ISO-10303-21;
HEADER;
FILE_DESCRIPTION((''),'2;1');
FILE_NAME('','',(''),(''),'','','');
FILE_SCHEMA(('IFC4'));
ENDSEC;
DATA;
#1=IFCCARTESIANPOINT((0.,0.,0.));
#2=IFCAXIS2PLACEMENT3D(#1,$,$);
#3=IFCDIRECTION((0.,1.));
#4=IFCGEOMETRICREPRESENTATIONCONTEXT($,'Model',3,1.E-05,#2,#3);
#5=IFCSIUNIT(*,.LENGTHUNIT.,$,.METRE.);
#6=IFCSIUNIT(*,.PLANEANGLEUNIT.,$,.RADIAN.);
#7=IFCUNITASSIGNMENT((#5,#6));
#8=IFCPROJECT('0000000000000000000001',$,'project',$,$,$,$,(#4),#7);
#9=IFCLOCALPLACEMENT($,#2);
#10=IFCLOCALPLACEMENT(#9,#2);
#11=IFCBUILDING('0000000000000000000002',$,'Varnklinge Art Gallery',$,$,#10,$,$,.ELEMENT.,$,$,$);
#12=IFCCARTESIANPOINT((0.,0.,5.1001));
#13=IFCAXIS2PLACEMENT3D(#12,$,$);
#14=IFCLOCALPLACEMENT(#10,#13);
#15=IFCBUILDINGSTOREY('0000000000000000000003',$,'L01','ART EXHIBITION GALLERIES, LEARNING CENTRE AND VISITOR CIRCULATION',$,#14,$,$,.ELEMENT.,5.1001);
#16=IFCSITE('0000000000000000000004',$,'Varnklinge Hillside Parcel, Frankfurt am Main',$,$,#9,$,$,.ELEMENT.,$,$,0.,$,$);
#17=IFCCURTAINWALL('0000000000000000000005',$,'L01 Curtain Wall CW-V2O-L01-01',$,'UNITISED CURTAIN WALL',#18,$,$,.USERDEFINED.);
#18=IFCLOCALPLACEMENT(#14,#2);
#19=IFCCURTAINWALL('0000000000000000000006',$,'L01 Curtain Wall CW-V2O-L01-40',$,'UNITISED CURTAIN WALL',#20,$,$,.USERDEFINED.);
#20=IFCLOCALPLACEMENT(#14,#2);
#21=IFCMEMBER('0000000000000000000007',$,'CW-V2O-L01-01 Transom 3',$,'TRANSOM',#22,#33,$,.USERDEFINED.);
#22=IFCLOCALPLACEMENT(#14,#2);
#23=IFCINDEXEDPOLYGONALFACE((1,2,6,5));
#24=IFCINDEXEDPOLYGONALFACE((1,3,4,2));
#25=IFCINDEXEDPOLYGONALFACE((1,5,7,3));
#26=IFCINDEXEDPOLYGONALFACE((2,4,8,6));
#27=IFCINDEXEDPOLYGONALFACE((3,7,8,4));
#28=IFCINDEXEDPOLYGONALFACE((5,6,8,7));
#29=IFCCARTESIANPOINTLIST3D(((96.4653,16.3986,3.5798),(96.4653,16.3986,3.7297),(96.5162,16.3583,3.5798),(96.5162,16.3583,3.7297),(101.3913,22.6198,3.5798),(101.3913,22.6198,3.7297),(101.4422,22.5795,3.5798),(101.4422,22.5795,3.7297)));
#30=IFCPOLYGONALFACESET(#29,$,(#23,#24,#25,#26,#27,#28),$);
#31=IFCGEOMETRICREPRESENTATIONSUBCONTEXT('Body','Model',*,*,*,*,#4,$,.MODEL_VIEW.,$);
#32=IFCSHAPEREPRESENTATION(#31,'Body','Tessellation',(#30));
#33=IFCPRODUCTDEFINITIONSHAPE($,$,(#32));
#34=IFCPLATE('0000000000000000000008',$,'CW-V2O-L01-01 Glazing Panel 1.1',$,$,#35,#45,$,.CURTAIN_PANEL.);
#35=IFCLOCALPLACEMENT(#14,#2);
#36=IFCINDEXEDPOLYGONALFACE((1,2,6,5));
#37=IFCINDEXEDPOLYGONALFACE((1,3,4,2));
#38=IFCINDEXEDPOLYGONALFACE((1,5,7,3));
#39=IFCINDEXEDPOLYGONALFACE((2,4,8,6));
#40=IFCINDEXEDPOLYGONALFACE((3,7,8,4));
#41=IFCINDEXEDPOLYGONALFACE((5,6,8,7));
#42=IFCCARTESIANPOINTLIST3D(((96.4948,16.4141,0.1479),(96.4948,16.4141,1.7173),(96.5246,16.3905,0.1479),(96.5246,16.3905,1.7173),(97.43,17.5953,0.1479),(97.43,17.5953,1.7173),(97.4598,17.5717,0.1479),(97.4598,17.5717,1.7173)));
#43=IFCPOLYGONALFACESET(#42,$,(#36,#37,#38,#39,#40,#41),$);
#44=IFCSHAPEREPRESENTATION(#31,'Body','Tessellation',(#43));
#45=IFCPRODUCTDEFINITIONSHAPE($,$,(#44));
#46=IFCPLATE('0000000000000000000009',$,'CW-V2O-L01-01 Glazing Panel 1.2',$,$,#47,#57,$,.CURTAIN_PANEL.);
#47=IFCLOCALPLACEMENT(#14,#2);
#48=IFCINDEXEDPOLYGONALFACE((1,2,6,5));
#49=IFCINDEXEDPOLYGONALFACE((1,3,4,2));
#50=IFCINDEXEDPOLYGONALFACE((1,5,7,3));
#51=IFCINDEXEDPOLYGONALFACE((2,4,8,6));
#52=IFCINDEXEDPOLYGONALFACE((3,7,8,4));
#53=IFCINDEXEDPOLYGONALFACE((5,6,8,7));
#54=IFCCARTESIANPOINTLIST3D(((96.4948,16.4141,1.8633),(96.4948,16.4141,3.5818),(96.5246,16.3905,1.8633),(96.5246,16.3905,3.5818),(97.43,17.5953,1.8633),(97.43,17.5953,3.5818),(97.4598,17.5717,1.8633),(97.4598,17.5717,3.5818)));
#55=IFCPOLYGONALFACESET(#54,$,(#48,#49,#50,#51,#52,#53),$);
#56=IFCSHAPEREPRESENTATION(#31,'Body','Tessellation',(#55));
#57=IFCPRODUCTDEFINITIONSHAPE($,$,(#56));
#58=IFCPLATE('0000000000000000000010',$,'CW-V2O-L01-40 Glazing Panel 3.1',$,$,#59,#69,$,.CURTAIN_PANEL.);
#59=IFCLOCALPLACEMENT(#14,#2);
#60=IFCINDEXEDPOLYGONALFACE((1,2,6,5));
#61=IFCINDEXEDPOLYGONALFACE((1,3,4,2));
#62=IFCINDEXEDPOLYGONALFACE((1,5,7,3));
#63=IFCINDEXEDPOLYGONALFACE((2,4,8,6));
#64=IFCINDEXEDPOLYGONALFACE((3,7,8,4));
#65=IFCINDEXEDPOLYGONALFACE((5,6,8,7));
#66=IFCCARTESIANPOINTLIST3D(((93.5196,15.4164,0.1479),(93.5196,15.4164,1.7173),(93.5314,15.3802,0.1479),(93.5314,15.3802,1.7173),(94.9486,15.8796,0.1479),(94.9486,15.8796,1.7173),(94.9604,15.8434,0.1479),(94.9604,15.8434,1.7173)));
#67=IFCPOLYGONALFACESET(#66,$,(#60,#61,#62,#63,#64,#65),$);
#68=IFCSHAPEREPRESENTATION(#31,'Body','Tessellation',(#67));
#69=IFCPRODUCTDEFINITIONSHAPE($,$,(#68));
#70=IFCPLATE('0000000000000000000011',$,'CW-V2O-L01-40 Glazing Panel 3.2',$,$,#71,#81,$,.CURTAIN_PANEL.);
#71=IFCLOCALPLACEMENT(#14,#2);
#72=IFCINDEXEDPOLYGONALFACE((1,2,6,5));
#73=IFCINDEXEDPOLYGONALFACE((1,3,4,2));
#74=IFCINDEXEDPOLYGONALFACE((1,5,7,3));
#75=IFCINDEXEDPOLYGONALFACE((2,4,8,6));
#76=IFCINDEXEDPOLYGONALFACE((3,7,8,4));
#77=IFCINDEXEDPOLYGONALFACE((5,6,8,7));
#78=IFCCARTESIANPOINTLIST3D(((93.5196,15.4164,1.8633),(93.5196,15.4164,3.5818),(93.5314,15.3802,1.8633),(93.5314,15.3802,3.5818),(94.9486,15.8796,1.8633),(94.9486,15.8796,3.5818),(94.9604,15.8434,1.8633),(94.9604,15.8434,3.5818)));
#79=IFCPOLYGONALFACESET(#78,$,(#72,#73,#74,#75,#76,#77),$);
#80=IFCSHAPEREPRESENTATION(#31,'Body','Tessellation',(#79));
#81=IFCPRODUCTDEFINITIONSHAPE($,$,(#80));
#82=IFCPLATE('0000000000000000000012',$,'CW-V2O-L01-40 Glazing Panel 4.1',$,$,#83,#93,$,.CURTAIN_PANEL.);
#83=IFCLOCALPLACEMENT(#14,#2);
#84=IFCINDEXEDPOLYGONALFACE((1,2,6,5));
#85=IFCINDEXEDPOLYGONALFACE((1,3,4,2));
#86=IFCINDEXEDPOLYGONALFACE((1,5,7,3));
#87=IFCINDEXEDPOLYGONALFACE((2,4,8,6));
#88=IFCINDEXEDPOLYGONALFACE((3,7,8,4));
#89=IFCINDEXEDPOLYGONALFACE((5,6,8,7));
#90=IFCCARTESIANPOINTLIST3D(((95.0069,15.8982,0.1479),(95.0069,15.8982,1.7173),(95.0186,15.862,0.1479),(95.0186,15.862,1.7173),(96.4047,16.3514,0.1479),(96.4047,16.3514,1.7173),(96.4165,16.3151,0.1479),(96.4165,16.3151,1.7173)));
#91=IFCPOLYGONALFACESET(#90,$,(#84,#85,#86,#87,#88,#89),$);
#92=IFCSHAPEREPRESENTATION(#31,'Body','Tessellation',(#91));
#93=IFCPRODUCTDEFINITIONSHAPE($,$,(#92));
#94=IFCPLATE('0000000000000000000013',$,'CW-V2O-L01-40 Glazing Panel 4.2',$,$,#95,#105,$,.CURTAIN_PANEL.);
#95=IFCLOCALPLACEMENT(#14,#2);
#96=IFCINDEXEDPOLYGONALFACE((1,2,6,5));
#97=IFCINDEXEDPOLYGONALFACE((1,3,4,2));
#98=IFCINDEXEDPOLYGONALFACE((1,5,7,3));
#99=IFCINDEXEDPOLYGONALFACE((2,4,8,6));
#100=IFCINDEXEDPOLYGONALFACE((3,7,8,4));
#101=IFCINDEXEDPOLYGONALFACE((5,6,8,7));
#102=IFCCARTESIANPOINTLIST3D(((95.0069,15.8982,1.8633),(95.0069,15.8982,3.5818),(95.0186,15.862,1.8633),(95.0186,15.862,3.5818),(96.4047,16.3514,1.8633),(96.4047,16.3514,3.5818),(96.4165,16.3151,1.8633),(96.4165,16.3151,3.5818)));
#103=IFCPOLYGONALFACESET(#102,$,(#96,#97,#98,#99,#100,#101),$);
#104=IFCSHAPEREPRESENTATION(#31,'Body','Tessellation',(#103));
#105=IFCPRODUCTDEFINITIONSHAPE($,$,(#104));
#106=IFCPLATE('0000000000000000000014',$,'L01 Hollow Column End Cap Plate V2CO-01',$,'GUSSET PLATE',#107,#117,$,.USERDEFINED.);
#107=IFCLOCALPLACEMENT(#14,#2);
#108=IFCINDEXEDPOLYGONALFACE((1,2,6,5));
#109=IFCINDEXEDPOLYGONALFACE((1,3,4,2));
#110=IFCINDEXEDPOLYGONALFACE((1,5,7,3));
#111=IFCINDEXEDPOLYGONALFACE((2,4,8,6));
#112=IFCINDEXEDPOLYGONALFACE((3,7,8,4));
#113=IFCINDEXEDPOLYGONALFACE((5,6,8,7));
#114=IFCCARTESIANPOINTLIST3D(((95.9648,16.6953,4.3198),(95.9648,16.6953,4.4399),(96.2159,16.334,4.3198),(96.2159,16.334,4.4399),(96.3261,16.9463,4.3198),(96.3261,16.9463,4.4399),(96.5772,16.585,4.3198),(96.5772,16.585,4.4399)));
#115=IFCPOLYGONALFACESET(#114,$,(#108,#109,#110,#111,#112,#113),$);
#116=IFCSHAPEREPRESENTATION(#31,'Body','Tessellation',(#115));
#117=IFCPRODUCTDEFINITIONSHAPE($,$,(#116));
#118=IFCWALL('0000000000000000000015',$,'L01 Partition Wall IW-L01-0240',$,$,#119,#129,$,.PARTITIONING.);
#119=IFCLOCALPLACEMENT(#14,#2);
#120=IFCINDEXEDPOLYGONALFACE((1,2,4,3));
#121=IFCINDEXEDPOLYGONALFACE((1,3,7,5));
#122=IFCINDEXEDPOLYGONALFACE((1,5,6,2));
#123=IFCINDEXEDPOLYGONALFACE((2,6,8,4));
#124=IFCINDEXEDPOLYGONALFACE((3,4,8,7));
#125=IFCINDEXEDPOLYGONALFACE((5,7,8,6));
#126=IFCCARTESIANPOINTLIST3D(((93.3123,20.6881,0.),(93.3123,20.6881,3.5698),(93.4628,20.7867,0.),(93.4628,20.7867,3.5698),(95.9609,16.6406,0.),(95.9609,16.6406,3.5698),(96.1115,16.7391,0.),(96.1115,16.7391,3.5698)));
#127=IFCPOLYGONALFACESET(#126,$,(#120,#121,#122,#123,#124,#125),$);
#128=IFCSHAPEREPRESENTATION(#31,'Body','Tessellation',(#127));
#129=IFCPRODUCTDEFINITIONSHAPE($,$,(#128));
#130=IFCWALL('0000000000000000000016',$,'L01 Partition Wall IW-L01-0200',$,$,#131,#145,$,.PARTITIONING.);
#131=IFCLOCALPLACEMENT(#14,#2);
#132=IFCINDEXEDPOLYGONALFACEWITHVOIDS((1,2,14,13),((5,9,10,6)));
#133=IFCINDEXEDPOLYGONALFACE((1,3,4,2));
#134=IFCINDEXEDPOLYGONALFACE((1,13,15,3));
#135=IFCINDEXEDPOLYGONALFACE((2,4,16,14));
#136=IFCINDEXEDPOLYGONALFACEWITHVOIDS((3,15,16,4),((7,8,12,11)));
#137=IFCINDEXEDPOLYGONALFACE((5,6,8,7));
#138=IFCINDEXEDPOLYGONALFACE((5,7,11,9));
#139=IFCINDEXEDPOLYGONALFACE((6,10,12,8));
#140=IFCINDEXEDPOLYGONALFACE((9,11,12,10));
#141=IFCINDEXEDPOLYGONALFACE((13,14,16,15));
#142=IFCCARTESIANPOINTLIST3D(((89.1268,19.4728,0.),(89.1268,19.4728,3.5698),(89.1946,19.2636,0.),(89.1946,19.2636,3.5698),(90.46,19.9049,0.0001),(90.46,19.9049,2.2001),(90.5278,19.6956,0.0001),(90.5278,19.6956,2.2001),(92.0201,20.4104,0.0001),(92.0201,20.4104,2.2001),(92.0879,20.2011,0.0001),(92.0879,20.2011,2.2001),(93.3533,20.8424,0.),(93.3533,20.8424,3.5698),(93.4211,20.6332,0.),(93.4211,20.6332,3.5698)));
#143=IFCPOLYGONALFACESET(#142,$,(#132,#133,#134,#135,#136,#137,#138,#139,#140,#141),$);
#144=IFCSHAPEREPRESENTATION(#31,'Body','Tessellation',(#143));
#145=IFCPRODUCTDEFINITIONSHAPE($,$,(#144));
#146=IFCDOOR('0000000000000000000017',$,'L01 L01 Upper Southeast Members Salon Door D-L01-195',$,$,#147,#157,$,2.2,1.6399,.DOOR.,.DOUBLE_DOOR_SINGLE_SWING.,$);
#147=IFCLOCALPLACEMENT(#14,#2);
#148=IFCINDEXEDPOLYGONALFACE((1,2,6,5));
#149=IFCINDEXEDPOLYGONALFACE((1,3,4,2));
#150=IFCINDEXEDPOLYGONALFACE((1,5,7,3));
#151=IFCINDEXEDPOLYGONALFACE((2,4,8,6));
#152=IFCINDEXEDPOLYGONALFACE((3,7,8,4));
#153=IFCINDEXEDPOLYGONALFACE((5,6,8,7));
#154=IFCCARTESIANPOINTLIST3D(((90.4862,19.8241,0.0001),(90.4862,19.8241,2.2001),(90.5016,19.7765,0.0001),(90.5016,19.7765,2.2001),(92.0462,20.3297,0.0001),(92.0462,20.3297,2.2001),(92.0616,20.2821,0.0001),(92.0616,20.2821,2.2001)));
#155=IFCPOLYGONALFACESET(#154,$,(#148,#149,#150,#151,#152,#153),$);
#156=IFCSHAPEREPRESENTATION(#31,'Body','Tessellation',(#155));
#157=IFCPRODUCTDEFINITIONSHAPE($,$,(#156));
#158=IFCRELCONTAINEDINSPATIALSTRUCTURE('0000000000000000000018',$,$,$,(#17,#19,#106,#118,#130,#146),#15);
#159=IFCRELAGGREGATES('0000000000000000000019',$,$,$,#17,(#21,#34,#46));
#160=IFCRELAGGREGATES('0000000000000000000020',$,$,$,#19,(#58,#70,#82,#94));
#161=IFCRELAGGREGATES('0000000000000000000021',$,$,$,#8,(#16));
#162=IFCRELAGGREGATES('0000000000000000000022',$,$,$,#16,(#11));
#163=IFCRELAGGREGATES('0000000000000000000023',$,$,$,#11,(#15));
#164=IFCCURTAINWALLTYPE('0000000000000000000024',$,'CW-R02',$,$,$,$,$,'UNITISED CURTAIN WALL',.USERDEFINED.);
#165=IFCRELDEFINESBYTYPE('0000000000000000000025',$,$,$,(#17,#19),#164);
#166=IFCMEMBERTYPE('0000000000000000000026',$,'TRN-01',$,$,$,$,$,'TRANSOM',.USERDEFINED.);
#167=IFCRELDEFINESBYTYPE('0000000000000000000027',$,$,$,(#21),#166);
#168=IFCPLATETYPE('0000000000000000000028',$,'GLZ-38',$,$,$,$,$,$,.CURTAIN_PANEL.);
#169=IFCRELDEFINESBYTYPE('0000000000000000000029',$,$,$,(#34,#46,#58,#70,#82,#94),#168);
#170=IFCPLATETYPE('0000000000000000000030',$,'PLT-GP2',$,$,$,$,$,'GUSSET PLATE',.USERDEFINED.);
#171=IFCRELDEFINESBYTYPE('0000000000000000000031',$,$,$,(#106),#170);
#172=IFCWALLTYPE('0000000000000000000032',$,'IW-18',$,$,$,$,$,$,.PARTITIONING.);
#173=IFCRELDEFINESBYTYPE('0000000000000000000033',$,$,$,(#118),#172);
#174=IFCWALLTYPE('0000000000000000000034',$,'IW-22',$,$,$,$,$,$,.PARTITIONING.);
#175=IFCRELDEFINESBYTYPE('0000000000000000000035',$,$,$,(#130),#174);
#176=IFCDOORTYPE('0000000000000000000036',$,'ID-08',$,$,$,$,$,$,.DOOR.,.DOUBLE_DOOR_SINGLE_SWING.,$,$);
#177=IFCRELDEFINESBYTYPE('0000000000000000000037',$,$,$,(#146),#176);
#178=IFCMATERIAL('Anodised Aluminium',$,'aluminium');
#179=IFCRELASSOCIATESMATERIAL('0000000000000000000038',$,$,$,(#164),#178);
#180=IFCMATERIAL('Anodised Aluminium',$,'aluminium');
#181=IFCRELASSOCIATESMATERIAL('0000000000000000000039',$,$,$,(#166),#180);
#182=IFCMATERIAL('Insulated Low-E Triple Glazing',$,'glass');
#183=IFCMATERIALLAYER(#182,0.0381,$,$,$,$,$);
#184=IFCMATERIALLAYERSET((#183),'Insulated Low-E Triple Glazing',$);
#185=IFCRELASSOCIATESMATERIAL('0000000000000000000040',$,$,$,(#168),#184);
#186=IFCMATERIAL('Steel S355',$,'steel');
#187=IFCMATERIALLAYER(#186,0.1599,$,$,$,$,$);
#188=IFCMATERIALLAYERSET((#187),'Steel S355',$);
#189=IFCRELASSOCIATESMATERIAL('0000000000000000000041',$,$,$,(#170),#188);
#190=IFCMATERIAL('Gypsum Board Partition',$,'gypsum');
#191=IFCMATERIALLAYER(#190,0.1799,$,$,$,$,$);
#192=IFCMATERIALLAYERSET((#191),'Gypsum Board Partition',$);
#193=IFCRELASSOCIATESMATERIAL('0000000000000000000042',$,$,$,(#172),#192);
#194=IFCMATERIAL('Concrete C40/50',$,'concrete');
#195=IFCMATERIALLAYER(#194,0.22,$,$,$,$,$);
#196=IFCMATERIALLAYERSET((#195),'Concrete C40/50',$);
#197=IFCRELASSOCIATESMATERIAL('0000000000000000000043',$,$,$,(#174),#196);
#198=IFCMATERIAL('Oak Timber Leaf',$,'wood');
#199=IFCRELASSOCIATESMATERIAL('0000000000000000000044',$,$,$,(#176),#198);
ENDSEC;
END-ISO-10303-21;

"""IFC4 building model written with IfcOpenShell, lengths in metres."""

from ifc_helpers import new_model, si_unit, direction, frame, frame_2d, origin, origin_2d, place, context, subcontext, project, spatial, rectangle, extrude, material, layer, layer_set, material_profile, profile_set, type_object, element, fill, aggregate, save


model = new_model("IFC4")

# Units and contexts
model_context = context("Model", 3, precision=1e-05, world=origin(), true_north=direction((0.0, 1.0)))
body_context = subcontext(model_context, "Body", "Model", "MODEL_VIEW")
ifc_project = project(units=[si_unit("LENGTHUNIT", "METRE"), si_unit("PLANEANGLEUNIT", "RADIAN")], contexts=[model_context])

# Site, building, storey
site_placement = place(None, origin())
site = spatial("IfcSite", under=ifc_project, at=site_placement, Name="Varnklinge Hillside Parcel, Frankfurt am Main", CompositionType="ELEMENT", RefElevation=0.0)
building_placement = place(site_placement, origin())
building = spatial("IfcBuilding", under=site, at=building_placement, Name="Varnklinge Art Gallery", CompositionType="ELEMENT")
storey_placement = place(building_placement, frame((0.0, 0.0, 5.1001)))
storey = spatial("IfcBuildingStorey", under=building, at=storey_placement, Name="L01", Description="ART EXHIBITION GALLERIES, LEARNING CENTRE AND VISITOR CIRCULATION", CompositionType="ELEMENT", Elevation=5.1001)

# Curtain walls
ifc_material_1 = material(Name="Anodised Aluminium", Category="aluminium")
curtain_wall_type = type_object("IfcCurtainWallType", Name="CW-R02", ElementType="UNITISED CURTAIN WALL", PredefinedType="USERDEFINED", material=ifc_material_1)
curtain_wall_1_placement = place(storey_placement, origin())
curtain_wall_1 = element("IfcCurtainWall", 1, at=curtain_wall_1_placement, inside=storey, type_object=curtain_wall_type, Name="L01 Curtain Wall CW-V2O-L01-01", ObjectType="UNITISED CURTAIN WALL", PredefinedType="USERDEFINED")
curtain_wall_2_placement = place(storey_placement, origin())
curtain_wall_2 = element("IfcCurtainWall", 2, at=curtain_wall_2_placement, inside=storey, type_object=curtain_wall_type, Name="L01 Curtain Wall CW-V2O-L01-40", ObjectType="UNITISED CURTAIN WALL", PredefinedType="USERDEFINED")

# Member
ifc_material_2 = material(Name="Anodised Aluminium", Category="aluminium")
ifc_material_profile_1 = material_profile(ifc_material_2, rectangle(XDim=0.0649, YDim=0.1499, at=origin_2d()), Name="ALU 65x150")
ifc_profile_set_1 = profile_set([ifc_material_profile_1], Name="Anodised Aluminium")
member_type_1 = type_object("IfcMemberType", Name="TRN-01", ElementType="TRANSOM", PredefinedType="USERDEFINED", material=ifc_profile_set_1)
member_1_placement = place(storey_placement, frame((96.4907, 16.3784, 3.6548), z_axis=(0.620774, 0.78399, 0.0), x_axis=(-0.78399, 0.620774, 0.0)))
member_1 = element("IfcMember", 3, at=member_1_placement, type_object=member_type_1, Name="CW-V2O-L01-01 Transom 3", ObjectType="TRANSOM", PredefinedType="USERDEFINED", context=body_context, shape_type="SweptSolid", body=[
    extrude(rectangle(XDim=0.0649, YDim=0.1499, at=origin_2d()), origin(), (0.0, 0.0, 1.0), 7.9353),
])

# Plates
ifc_material_3 = material(Name="Insulated Low-E Triple Glazing", Category="glass")
ifc_layer_1 = layer(ifc_material_3, 0.0381)
ifc_layer_set_1 = layer_set([ifc_layer_1], Name="Insulated Low-E Triple Glazing")
plate_type_1 = type_object("IfcPlateType", Name="GLZ-38", PredefinedType="CURTAIN_PANEL", material=ifc_layer_set_1)
plate_1_placement = place(storey_placement, frame((96.9773, 16.9929, 0.1479), z_axis=(0.0, 0.0, 1.0), x_axis=(0.620737, 0.784019, 0.0)))
plate_1 = element("IfcPlate", 4, at=plate_1_placement, type_object=plate_type_1, Name="CW-V2O-L01-01 Glazing Panel 1.1", PredefinedType="CURTAIN_PANEL", context=body_context, shape_type="SweptSolid", body=[
    extrude(rectangle(XDim=1.5066, YDim=0.0381, at=origin_2d()), origin(), (0.0, 0.0, 1.0), 1.5693),
])
plate_2_placement = place(storey_placement, frame((96.9773, 16.9929, 1.8633), z_axis=(0.0, 0.0, 1.0), x_axis=(0.620737, 0.784019, 0.0)))
plate_2 = element("IfcPlate", 5, at=plate_2_placement, type_object=plate_type_1, Name="CW-V2O-L01-01 Glazing Panel 1.2", PredefinedType="CURTAIN_PANEL", context=body_context, shape_type="SweptSolid", body=[
    extrude(rectangle(XDim=1.5066, YDim=0.0381, at=origin_2d()), origin(), (0.0, 0.0, 1.0), 1.7185),
])
aggregate(curtain_wall_1, [member_1, plate_1, plate_2])
plate_3_placement = place(storey_placement, frame((94.24, 15.6299, 0.1479), z_axis=(0.0, 0.0, 1.0), x_axis=(0.951272, 0.308353, 0.0)))
plate_3 = element("IfcPlate", 6, at=plate_3_placement, type_object=plate_type_1, Name="CW-V2O-L01-40 Glazing Panel 3.1", PredefinedType="CURTAIN_PANEL", context=body_context, shape_type="SweptSolid", body=[
    extrude(rectangle(XDim=1.5022, YDim=0.0381, at=origin_2d()), origin(), (0.0, 0.0, 1.0), 1.5693),
])
plate_4_placement = place(storey_placement, frame((94.24, 15.6299, 1.8633), z_axis=(0.0, 0.0, 1.0), x_axis=(0.951272, 0.308353, 0.0)))
plate_4 = element("IfcPlate", 7, at=plate_4_placement, type_object=plate_type_1, Name="CW-V2O-L01-40 Glazing Panel 3.2", PredefinedType="CURTAIN_PANEL", context=body_context, shape_type="SweptSolid", body=[
    extrude(rectangle(XDim=1.5022, YDim=0.0381, at=origin_2d()), origin(), (0.0, 0.0, 1.0), 1.7185),
])
plate_5_placement = place(storey_placement, frame((95.7117, 16.1067, 0.1479), z_axis=(0.0, 0.0, 1.0), x_axis=(0.951272, 0.308353, 0.0)))
plate_5 = element("IfcPlate", 8, at=plate_5_placement, type_object=plate_type_1, Name="CW-V2O-L01-40 Glazing Panel 4.1", PredefinedType="CURTAIN_PANEL", context=body_context, shape_type="SweptSolid", body=[
    extrude(rectangle(XDim=1.4695, YDim=0.0381, at=origin_2d()), origin(), (0.0, 0.0, 1.0), 1.5693),
])
plate_6_placement = place(storey_placement, frame((95.7117, 16.1067, 1.8633), z_axis=(0.0, 0.0, 1.0), x_axis=(0.951272, 0.308353, 0.0)))
plate_6 = element("IfcPlate", 9, at=plate_6_placement, type_object=plate_type_1, Name="CW-V2O-L01-40 Glazing Panel 4.2", PredefinedType="CURTAIN_PANEL", context=body_context, shape_type="SweptSolid", body=[
    extrude(rectangle(XDim=1.4695, YDim=0.0381, at=origin_2d()), origin(), (0.0, 0.0, 1.0), 1.7185),
])
aggregate(curtain_wall_2, [plate_3, plate_4, plate_5, plate_6])
ifc_material_4 = material(Name="Steel S355", Category="steel")
ifc_layer_2 = layer(ifc_material_4, 0.1599)
ifc_layer_set_2 = layer_set([ifc_layer_2], Name="Steel S355")
plate_type_2 = type_object("IfcPlateType", Name="PLT-GP2", ElementType="GUSSET PLATE", PredefinedType="USERDEFINED", material=ifc_layer_set_2)
plate_7_placement = place(storey_placement, frame((96.271, 16.6401, 4.3198), z_axis=(0.0, 0.0, 1.0), x_axis=(-0.57057, 0.821249, 0.0)))
element("IfcPlate", 10, at=plate_7_placement, inside=storey, type_object=plate_type_2, Name="L01 Hollow Column End Cap Plate V2CO-01", ObjectType="GUSSET PLATE", PredefinedType="USERDEFINED", context=body_context, shape_type="SweptSolid", body=[
    extrude(rectangle(XDim=0.4399, YDim=0.4399, at=origin_2d()), origin(), (0.0, 0.0, 1.0), 0.1201),
])

# Wall
ifc_material_5 = material(Name="Gypsum Board Partition", Category="gypsum")
ifc_layer_3 = layer(ifc_material_5, 0.1799)
ifc_layer_set_3 = layer_set([ifc_layer_3], Name="Gypsum Board Partition")
wall_type_1 = type_object("IfcWallType", Name="IW-18", PredefinedType="PARTITIONING", material=ifc_layer_set_3)
wall_1_placement = place(storey_placement, frame((96.0361, 16.6899, 0.0), z_axis=(0.0, 0.0, 1.0), x_axis=(-0.547563, 0.836764, 0.0)))
element("IfcWall", 11, at=wall_1_placement, inside=storey, type_object=wall_type_1, Name="L01 Partition Wall IW-L01-0240", PredefinedType="PARTITIONING", context=body_context, shape_type="SweptSolid", body=[
    extrude(rectangle(XDim=4.8372, YDim=0.1799, at=frame_2d((2.4185, 0.0))), origin(), (0.0, 0.0, 1.0), 3.5698),
])

# Wall, opening, door
ifc_material_6 = material(Name="Concrete C40/50", Category="concrete")
ifc_layer_4 = layer(ifc_material_6, 0.22)
ifc_layer_set_4 = layer_set([ifc_layer_4], Name="Concrete C40/50")
wall_type_2 = type_object("IfcWallType", Name="IW-22", PredefinedType="PARTITIONING", material=ifc_layer_set_4)
wall_2_placement = place(storey_placement, frame((93.3872, 20.7378, 0.0), z_axis=(0.0, 0.0, 1.0), x_axis=(-0.951299, -0.308271, 0.0)))
wall_2 = element("IfcWall", 12, at=wall_2_placement, inside=storey, type_object=wall_type_2, Name="L01 Partition Wall IW-L01-0200", PredefinedType="PARTITIONING", context=body_context, shape_type="SweptSolid", body=[
    extrude(rectangle(XDim=4.4429, YDim=0.22, at=frame_2d((2.2214, 0.0))), origin(), (0.0, 0.0, 1.0), 3.5698),
])
opening_placement = place(wall_2_placement, frame((1.4016, 0.0, 0.0)))
opening = element("IfcOpeningElement", 13, at=opening_placement, cuts=wall_2, PredefinedType="OPENING", context=body_context, shape_type="SweptSolid", body=[
    extrude(rectangle(XDim=1.6399, YDim=2.2, at=frame_2d((0.8198, 1.1001))), frame((0.0, 0.1199, 0.0), z_axis=(0.0, -1.0, 0.0), x_axis=(1.0, 0.0, 0.0)), (0.0, 0.0, 1.0), 0.24),
])
ifc_material_7 = material(Name="Oak Timber Leaf", Category="wood")
door_type = type_object("IfcDoorType", Name="ID-08", OperationType="DOUBLE_DOOR_SINGLE_SWING", PredefinedType="DOOR", material=ifc_material_7)
door_placement = place(opening_placement, origin())
door = element("IfcDoor", 14, at=door_placement, inside=storey, type_object=door_type, Name="L01 L01 Upper Southeast Members Salon Door D-L01-195", OperationType="DOUBLE_DOOR_SINGLE_SWING", OverallHeight=2.2, OverallWidth=1.6399, PredefinedType="DOOR", context=body_context, shape_type="SweptSolid", body=[
    extrude(rectangle(XDim=1.6399, YDim=2.2, at=frame_2d((0.8198, 1.1001))), frame((0.0, 0.0249, 0.0), z_axis=(0.0, -1.0, 0.0), x_axis=(1.0, 0.0, 0.0)), (0.0, 0.0, 1.0), 0.05),
])
fill(opening, door)

save(model, "model.ifc")
